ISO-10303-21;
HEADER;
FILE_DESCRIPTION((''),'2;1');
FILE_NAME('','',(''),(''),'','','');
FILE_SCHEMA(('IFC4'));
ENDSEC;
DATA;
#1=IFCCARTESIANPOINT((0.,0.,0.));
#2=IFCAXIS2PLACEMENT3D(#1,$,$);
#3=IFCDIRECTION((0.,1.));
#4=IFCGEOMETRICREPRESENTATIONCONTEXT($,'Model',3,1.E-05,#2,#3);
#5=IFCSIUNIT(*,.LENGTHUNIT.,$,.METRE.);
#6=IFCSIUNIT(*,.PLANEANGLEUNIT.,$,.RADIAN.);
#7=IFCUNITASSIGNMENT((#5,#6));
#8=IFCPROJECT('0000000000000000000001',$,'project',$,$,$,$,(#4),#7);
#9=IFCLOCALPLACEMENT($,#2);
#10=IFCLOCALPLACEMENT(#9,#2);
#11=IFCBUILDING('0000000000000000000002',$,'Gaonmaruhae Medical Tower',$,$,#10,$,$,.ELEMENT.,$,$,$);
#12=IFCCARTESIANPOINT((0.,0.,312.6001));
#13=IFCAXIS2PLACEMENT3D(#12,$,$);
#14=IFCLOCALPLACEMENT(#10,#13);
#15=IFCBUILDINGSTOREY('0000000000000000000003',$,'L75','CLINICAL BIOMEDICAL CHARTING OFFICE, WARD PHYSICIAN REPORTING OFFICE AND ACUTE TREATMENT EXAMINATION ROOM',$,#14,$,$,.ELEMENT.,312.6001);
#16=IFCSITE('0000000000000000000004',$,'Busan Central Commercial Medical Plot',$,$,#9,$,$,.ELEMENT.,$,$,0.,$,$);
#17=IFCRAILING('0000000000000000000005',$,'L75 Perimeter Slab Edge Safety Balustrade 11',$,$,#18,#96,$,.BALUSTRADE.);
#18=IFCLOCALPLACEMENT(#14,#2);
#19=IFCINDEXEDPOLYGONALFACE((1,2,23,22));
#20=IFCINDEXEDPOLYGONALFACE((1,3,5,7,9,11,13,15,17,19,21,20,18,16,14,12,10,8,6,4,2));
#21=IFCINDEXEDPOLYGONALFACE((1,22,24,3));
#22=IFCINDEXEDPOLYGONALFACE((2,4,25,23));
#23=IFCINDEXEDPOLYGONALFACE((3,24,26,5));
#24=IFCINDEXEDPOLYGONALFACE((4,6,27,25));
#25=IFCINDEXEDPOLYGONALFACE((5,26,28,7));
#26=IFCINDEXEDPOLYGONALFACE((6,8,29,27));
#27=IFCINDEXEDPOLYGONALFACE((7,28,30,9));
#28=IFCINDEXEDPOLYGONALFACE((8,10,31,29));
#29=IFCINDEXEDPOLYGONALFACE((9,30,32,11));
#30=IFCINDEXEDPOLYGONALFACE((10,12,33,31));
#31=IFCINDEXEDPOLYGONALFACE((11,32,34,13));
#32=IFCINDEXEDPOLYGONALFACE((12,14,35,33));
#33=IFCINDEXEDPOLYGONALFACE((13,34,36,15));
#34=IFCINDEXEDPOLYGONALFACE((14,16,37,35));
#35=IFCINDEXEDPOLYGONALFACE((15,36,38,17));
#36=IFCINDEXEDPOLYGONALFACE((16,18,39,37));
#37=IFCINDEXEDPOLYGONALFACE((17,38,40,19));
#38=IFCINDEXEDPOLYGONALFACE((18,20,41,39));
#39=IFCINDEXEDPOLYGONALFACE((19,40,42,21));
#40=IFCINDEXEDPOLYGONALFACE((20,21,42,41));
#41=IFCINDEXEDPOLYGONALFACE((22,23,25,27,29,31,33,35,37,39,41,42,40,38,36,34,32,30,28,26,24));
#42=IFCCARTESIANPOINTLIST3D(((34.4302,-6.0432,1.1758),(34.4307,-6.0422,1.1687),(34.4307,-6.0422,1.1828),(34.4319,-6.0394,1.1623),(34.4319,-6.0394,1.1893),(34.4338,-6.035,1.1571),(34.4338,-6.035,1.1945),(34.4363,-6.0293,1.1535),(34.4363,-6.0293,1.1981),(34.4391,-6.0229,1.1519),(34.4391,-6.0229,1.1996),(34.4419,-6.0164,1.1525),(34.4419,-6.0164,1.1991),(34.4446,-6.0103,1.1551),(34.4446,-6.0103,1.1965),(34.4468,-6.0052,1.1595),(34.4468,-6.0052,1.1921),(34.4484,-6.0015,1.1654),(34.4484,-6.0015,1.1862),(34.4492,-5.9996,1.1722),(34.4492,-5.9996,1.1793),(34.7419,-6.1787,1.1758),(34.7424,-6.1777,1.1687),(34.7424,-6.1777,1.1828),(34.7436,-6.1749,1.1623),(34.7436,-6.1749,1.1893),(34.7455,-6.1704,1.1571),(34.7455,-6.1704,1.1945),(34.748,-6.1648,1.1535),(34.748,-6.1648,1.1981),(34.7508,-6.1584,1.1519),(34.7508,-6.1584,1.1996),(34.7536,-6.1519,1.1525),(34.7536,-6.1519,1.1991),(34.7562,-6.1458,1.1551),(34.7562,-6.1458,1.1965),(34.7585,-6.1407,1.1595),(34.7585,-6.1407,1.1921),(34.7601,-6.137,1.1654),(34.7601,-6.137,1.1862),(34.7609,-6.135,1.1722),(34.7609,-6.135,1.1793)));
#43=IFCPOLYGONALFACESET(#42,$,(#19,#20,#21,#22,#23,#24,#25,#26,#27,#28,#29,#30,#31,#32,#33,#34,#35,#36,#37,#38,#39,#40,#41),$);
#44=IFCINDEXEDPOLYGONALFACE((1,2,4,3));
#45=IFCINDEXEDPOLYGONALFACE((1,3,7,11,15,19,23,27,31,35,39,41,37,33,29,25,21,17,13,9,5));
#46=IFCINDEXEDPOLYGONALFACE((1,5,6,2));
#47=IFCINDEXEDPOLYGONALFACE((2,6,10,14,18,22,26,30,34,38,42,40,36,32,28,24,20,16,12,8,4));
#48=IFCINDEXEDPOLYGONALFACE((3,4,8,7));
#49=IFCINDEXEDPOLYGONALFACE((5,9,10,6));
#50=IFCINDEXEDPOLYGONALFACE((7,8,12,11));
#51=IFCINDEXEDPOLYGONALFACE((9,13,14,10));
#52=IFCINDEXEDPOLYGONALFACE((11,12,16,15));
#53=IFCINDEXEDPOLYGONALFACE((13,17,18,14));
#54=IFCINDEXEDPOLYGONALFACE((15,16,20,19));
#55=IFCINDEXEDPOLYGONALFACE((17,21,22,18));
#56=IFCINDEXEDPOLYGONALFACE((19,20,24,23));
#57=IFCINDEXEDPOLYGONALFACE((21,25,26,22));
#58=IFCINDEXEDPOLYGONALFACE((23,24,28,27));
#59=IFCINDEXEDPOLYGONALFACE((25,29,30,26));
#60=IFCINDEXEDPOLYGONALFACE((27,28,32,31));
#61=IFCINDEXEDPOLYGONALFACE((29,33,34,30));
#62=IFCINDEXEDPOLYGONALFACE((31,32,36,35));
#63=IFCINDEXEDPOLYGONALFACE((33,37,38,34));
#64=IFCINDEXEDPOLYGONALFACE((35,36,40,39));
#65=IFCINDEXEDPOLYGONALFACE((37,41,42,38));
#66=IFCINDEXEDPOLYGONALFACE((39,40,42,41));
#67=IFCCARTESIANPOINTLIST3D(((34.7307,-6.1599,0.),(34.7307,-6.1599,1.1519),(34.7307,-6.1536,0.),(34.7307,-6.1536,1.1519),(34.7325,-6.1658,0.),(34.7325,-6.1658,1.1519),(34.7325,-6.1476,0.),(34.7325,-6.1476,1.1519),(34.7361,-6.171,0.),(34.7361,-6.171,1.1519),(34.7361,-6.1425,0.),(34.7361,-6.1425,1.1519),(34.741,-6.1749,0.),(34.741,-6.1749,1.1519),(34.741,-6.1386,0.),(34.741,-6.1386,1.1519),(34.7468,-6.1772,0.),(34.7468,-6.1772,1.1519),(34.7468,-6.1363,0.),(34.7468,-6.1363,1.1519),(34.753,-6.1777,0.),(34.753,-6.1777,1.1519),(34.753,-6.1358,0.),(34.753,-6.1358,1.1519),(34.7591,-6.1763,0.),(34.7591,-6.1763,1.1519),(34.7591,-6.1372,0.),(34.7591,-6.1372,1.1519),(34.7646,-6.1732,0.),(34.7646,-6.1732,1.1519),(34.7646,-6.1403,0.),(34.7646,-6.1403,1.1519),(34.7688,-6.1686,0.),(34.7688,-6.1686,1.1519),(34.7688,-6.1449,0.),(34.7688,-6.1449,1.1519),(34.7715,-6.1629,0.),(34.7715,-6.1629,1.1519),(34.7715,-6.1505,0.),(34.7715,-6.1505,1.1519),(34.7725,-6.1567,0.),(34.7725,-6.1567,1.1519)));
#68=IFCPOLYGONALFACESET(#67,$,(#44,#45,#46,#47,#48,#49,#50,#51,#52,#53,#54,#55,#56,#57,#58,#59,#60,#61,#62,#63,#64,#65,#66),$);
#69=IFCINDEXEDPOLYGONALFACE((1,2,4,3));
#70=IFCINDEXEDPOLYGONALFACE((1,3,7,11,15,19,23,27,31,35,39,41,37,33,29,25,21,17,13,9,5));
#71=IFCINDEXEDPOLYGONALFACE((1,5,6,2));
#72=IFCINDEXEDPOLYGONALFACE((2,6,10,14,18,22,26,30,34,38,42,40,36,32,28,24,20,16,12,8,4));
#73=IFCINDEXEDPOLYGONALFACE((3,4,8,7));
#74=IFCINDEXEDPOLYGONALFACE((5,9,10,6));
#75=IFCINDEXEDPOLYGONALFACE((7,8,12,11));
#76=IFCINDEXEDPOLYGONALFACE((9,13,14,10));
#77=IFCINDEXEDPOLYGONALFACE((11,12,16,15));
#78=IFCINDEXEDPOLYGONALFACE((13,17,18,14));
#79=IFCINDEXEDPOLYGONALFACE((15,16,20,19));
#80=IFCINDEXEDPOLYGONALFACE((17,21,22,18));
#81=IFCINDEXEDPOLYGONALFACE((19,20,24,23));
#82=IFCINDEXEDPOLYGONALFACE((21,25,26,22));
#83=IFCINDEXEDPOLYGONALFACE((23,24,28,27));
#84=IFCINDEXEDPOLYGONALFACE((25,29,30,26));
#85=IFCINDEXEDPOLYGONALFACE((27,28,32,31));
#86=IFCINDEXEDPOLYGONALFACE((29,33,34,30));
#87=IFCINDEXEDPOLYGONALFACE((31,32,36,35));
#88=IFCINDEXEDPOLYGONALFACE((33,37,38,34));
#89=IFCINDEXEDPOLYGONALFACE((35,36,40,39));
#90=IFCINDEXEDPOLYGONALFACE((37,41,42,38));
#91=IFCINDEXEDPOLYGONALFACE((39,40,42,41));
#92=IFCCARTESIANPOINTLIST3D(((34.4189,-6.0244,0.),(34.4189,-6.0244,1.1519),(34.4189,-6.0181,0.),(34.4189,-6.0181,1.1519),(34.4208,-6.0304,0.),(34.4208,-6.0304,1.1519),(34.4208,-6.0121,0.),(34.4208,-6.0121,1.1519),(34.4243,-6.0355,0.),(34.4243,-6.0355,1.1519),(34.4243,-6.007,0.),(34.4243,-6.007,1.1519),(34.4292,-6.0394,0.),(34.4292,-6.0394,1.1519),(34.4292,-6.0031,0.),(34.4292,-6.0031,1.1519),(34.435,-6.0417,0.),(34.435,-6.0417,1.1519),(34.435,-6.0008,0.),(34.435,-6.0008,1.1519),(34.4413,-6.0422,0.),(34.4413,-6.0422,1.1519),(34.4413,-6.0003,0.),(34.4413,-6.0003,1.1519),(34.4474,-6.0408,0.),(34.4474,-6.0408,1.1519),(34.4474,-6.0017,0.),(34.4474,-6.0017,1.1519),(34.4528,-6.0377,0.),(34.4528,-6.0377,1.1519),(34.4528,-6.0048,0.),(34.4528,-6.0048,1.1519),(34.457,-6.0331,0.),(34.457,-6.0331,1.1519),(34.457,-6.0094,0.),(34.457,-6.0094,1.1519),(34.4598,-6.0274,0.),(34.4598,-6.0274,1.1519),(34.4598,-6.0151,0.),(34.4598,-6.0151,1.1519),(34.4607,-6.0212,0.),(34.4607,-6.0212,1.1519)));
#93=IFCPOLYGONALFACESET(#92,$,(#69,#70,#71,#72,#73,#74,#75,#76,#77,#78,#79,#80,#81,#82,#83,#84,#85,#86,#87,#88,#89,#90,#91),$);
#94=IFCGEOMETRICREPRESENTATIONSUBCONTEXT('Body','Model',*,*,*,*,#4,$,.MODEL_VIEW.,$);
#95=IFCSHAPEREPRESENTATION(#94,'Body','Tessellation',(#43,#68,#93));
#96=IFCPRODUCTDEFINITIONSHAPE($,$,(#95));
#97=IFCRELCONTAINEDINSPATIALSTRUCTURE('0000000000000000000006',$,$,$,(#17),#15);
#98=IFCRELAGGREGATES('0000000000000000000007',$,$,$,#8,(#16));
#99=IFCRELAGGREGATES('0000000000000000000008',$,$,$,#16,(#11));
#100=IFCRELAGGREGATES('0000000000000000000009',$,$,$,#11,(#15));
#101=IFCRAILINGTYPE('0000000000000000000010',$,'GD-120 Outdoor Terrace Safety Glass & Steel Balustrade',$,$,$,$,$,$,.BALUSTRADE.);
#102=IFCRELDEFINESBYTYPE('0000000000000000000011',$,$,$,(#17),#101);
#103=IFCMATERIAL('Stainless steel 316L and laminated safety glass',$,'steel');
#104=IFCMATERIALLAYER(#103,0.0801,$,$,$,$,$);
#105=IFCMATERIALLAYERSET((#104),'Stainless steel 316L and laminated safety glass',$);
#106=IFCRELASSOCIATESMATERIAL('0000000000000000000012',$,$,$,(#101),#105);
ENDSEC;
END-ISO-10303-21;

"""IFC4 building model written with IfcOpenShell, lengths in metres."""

from ifc_helpers import new_model, si_unit, direction, frame, origin, origin_2d, place, context, subcontext, project, spatial, circle, extrude, material, layer, layer_set, type_object, element, save


model = new_model("IFC4")

# Units and contexts
model_context = context("Model", 3, precision=1e-05, world=origin(), true_north=direction((0.0, 1.0)))
body_context = subcontext(model_context, "Body", "Model", "MODEL_VIEW")
ifc_project = project(units=[si_unit("LENGTHUNIT", "METRE"), si_unit("PLANEANGLEUNIT", "RADIAN")], contexts=[model_context])

# Site, building, storey
site_placement = place(None, origin())
site = spatial("IfcSite", under=ifc_project, at=site_placement, Name="Busan Central Commercial Medical Plot", CompositionType="ELEMENT", RefElevation=0.0)
building_placement = place(site_placement, origin())
building = spatial("IfcBuilding", under=site, at=building_placement, Name="Gaonmaruhae Medical Tower", CompositionType="ELEMENT")
storey_placement = place(building_placement, frame((0.0, 0.0, 312.6001)))
storey = spatial("IfcBuildingStorey", under=building, at=storey_placement, Name="L75", Description="CLINICAL BIOMEDICAL CHARTING OFFICE, WARD PHYSICIAN REPORTING OFFICE AND ACUTE TREATMENT EXAMINATION ROOM", CompositionType="ELEMENT", Elevation=312.6001)

# Railing
ifc_material_1 = material(Name="Stainless steel 316L and laminated safety glass", Category="steel")
ifc_layer_1 = layer(ifc_material_1, 0.0801)
ifc_layer_set_1 = layer_set([ifc_layer_1], Name="Stainless steel 316L and laminated safety glass")
railing_type = type_object("IfcRailingType", Name="GD-120 Outdoor Terrace Safety Glass & Steel Balustrade", PredefinedType="BALUSTRADE", material=ifc_layer_set_1)
for number, where, name in (
    (1, (34.7515, -6.1567, 0.0), "L75 Perimeter Slab Edge Safety Balustrade 11"),
):
    element("IfcRailing", number, at=place(storey_placement, frame(where)), inside=storey, type_object=railing_type, Name=name, PredefinedType="BALUSTRADE", context=body_context, shape_type="SweptSolid", body=[
        extrude(circle(Radius=0.0239, at=origin_2d()), frame((0.0, 0.0, 1.1758), z_axis=(-0.917127, 0.398595, 0.0), x_axis=(-0.398595, -0.917127, 0.0)), (0.0, 0.0, 1.0), 0.3398),
        extrude(circle(Radius=0.021, at=origin_2d()), origin(), (0.0, 0.0, 1.0), 1.1519),
        extrude(circle(Radius=0.021, at=origin_2d()), frame((-0.3118, 0.1355, 0.0)), (0.0, 0.0, 1.0), 1.1519),
    ])

save(model, "model.ifc")
